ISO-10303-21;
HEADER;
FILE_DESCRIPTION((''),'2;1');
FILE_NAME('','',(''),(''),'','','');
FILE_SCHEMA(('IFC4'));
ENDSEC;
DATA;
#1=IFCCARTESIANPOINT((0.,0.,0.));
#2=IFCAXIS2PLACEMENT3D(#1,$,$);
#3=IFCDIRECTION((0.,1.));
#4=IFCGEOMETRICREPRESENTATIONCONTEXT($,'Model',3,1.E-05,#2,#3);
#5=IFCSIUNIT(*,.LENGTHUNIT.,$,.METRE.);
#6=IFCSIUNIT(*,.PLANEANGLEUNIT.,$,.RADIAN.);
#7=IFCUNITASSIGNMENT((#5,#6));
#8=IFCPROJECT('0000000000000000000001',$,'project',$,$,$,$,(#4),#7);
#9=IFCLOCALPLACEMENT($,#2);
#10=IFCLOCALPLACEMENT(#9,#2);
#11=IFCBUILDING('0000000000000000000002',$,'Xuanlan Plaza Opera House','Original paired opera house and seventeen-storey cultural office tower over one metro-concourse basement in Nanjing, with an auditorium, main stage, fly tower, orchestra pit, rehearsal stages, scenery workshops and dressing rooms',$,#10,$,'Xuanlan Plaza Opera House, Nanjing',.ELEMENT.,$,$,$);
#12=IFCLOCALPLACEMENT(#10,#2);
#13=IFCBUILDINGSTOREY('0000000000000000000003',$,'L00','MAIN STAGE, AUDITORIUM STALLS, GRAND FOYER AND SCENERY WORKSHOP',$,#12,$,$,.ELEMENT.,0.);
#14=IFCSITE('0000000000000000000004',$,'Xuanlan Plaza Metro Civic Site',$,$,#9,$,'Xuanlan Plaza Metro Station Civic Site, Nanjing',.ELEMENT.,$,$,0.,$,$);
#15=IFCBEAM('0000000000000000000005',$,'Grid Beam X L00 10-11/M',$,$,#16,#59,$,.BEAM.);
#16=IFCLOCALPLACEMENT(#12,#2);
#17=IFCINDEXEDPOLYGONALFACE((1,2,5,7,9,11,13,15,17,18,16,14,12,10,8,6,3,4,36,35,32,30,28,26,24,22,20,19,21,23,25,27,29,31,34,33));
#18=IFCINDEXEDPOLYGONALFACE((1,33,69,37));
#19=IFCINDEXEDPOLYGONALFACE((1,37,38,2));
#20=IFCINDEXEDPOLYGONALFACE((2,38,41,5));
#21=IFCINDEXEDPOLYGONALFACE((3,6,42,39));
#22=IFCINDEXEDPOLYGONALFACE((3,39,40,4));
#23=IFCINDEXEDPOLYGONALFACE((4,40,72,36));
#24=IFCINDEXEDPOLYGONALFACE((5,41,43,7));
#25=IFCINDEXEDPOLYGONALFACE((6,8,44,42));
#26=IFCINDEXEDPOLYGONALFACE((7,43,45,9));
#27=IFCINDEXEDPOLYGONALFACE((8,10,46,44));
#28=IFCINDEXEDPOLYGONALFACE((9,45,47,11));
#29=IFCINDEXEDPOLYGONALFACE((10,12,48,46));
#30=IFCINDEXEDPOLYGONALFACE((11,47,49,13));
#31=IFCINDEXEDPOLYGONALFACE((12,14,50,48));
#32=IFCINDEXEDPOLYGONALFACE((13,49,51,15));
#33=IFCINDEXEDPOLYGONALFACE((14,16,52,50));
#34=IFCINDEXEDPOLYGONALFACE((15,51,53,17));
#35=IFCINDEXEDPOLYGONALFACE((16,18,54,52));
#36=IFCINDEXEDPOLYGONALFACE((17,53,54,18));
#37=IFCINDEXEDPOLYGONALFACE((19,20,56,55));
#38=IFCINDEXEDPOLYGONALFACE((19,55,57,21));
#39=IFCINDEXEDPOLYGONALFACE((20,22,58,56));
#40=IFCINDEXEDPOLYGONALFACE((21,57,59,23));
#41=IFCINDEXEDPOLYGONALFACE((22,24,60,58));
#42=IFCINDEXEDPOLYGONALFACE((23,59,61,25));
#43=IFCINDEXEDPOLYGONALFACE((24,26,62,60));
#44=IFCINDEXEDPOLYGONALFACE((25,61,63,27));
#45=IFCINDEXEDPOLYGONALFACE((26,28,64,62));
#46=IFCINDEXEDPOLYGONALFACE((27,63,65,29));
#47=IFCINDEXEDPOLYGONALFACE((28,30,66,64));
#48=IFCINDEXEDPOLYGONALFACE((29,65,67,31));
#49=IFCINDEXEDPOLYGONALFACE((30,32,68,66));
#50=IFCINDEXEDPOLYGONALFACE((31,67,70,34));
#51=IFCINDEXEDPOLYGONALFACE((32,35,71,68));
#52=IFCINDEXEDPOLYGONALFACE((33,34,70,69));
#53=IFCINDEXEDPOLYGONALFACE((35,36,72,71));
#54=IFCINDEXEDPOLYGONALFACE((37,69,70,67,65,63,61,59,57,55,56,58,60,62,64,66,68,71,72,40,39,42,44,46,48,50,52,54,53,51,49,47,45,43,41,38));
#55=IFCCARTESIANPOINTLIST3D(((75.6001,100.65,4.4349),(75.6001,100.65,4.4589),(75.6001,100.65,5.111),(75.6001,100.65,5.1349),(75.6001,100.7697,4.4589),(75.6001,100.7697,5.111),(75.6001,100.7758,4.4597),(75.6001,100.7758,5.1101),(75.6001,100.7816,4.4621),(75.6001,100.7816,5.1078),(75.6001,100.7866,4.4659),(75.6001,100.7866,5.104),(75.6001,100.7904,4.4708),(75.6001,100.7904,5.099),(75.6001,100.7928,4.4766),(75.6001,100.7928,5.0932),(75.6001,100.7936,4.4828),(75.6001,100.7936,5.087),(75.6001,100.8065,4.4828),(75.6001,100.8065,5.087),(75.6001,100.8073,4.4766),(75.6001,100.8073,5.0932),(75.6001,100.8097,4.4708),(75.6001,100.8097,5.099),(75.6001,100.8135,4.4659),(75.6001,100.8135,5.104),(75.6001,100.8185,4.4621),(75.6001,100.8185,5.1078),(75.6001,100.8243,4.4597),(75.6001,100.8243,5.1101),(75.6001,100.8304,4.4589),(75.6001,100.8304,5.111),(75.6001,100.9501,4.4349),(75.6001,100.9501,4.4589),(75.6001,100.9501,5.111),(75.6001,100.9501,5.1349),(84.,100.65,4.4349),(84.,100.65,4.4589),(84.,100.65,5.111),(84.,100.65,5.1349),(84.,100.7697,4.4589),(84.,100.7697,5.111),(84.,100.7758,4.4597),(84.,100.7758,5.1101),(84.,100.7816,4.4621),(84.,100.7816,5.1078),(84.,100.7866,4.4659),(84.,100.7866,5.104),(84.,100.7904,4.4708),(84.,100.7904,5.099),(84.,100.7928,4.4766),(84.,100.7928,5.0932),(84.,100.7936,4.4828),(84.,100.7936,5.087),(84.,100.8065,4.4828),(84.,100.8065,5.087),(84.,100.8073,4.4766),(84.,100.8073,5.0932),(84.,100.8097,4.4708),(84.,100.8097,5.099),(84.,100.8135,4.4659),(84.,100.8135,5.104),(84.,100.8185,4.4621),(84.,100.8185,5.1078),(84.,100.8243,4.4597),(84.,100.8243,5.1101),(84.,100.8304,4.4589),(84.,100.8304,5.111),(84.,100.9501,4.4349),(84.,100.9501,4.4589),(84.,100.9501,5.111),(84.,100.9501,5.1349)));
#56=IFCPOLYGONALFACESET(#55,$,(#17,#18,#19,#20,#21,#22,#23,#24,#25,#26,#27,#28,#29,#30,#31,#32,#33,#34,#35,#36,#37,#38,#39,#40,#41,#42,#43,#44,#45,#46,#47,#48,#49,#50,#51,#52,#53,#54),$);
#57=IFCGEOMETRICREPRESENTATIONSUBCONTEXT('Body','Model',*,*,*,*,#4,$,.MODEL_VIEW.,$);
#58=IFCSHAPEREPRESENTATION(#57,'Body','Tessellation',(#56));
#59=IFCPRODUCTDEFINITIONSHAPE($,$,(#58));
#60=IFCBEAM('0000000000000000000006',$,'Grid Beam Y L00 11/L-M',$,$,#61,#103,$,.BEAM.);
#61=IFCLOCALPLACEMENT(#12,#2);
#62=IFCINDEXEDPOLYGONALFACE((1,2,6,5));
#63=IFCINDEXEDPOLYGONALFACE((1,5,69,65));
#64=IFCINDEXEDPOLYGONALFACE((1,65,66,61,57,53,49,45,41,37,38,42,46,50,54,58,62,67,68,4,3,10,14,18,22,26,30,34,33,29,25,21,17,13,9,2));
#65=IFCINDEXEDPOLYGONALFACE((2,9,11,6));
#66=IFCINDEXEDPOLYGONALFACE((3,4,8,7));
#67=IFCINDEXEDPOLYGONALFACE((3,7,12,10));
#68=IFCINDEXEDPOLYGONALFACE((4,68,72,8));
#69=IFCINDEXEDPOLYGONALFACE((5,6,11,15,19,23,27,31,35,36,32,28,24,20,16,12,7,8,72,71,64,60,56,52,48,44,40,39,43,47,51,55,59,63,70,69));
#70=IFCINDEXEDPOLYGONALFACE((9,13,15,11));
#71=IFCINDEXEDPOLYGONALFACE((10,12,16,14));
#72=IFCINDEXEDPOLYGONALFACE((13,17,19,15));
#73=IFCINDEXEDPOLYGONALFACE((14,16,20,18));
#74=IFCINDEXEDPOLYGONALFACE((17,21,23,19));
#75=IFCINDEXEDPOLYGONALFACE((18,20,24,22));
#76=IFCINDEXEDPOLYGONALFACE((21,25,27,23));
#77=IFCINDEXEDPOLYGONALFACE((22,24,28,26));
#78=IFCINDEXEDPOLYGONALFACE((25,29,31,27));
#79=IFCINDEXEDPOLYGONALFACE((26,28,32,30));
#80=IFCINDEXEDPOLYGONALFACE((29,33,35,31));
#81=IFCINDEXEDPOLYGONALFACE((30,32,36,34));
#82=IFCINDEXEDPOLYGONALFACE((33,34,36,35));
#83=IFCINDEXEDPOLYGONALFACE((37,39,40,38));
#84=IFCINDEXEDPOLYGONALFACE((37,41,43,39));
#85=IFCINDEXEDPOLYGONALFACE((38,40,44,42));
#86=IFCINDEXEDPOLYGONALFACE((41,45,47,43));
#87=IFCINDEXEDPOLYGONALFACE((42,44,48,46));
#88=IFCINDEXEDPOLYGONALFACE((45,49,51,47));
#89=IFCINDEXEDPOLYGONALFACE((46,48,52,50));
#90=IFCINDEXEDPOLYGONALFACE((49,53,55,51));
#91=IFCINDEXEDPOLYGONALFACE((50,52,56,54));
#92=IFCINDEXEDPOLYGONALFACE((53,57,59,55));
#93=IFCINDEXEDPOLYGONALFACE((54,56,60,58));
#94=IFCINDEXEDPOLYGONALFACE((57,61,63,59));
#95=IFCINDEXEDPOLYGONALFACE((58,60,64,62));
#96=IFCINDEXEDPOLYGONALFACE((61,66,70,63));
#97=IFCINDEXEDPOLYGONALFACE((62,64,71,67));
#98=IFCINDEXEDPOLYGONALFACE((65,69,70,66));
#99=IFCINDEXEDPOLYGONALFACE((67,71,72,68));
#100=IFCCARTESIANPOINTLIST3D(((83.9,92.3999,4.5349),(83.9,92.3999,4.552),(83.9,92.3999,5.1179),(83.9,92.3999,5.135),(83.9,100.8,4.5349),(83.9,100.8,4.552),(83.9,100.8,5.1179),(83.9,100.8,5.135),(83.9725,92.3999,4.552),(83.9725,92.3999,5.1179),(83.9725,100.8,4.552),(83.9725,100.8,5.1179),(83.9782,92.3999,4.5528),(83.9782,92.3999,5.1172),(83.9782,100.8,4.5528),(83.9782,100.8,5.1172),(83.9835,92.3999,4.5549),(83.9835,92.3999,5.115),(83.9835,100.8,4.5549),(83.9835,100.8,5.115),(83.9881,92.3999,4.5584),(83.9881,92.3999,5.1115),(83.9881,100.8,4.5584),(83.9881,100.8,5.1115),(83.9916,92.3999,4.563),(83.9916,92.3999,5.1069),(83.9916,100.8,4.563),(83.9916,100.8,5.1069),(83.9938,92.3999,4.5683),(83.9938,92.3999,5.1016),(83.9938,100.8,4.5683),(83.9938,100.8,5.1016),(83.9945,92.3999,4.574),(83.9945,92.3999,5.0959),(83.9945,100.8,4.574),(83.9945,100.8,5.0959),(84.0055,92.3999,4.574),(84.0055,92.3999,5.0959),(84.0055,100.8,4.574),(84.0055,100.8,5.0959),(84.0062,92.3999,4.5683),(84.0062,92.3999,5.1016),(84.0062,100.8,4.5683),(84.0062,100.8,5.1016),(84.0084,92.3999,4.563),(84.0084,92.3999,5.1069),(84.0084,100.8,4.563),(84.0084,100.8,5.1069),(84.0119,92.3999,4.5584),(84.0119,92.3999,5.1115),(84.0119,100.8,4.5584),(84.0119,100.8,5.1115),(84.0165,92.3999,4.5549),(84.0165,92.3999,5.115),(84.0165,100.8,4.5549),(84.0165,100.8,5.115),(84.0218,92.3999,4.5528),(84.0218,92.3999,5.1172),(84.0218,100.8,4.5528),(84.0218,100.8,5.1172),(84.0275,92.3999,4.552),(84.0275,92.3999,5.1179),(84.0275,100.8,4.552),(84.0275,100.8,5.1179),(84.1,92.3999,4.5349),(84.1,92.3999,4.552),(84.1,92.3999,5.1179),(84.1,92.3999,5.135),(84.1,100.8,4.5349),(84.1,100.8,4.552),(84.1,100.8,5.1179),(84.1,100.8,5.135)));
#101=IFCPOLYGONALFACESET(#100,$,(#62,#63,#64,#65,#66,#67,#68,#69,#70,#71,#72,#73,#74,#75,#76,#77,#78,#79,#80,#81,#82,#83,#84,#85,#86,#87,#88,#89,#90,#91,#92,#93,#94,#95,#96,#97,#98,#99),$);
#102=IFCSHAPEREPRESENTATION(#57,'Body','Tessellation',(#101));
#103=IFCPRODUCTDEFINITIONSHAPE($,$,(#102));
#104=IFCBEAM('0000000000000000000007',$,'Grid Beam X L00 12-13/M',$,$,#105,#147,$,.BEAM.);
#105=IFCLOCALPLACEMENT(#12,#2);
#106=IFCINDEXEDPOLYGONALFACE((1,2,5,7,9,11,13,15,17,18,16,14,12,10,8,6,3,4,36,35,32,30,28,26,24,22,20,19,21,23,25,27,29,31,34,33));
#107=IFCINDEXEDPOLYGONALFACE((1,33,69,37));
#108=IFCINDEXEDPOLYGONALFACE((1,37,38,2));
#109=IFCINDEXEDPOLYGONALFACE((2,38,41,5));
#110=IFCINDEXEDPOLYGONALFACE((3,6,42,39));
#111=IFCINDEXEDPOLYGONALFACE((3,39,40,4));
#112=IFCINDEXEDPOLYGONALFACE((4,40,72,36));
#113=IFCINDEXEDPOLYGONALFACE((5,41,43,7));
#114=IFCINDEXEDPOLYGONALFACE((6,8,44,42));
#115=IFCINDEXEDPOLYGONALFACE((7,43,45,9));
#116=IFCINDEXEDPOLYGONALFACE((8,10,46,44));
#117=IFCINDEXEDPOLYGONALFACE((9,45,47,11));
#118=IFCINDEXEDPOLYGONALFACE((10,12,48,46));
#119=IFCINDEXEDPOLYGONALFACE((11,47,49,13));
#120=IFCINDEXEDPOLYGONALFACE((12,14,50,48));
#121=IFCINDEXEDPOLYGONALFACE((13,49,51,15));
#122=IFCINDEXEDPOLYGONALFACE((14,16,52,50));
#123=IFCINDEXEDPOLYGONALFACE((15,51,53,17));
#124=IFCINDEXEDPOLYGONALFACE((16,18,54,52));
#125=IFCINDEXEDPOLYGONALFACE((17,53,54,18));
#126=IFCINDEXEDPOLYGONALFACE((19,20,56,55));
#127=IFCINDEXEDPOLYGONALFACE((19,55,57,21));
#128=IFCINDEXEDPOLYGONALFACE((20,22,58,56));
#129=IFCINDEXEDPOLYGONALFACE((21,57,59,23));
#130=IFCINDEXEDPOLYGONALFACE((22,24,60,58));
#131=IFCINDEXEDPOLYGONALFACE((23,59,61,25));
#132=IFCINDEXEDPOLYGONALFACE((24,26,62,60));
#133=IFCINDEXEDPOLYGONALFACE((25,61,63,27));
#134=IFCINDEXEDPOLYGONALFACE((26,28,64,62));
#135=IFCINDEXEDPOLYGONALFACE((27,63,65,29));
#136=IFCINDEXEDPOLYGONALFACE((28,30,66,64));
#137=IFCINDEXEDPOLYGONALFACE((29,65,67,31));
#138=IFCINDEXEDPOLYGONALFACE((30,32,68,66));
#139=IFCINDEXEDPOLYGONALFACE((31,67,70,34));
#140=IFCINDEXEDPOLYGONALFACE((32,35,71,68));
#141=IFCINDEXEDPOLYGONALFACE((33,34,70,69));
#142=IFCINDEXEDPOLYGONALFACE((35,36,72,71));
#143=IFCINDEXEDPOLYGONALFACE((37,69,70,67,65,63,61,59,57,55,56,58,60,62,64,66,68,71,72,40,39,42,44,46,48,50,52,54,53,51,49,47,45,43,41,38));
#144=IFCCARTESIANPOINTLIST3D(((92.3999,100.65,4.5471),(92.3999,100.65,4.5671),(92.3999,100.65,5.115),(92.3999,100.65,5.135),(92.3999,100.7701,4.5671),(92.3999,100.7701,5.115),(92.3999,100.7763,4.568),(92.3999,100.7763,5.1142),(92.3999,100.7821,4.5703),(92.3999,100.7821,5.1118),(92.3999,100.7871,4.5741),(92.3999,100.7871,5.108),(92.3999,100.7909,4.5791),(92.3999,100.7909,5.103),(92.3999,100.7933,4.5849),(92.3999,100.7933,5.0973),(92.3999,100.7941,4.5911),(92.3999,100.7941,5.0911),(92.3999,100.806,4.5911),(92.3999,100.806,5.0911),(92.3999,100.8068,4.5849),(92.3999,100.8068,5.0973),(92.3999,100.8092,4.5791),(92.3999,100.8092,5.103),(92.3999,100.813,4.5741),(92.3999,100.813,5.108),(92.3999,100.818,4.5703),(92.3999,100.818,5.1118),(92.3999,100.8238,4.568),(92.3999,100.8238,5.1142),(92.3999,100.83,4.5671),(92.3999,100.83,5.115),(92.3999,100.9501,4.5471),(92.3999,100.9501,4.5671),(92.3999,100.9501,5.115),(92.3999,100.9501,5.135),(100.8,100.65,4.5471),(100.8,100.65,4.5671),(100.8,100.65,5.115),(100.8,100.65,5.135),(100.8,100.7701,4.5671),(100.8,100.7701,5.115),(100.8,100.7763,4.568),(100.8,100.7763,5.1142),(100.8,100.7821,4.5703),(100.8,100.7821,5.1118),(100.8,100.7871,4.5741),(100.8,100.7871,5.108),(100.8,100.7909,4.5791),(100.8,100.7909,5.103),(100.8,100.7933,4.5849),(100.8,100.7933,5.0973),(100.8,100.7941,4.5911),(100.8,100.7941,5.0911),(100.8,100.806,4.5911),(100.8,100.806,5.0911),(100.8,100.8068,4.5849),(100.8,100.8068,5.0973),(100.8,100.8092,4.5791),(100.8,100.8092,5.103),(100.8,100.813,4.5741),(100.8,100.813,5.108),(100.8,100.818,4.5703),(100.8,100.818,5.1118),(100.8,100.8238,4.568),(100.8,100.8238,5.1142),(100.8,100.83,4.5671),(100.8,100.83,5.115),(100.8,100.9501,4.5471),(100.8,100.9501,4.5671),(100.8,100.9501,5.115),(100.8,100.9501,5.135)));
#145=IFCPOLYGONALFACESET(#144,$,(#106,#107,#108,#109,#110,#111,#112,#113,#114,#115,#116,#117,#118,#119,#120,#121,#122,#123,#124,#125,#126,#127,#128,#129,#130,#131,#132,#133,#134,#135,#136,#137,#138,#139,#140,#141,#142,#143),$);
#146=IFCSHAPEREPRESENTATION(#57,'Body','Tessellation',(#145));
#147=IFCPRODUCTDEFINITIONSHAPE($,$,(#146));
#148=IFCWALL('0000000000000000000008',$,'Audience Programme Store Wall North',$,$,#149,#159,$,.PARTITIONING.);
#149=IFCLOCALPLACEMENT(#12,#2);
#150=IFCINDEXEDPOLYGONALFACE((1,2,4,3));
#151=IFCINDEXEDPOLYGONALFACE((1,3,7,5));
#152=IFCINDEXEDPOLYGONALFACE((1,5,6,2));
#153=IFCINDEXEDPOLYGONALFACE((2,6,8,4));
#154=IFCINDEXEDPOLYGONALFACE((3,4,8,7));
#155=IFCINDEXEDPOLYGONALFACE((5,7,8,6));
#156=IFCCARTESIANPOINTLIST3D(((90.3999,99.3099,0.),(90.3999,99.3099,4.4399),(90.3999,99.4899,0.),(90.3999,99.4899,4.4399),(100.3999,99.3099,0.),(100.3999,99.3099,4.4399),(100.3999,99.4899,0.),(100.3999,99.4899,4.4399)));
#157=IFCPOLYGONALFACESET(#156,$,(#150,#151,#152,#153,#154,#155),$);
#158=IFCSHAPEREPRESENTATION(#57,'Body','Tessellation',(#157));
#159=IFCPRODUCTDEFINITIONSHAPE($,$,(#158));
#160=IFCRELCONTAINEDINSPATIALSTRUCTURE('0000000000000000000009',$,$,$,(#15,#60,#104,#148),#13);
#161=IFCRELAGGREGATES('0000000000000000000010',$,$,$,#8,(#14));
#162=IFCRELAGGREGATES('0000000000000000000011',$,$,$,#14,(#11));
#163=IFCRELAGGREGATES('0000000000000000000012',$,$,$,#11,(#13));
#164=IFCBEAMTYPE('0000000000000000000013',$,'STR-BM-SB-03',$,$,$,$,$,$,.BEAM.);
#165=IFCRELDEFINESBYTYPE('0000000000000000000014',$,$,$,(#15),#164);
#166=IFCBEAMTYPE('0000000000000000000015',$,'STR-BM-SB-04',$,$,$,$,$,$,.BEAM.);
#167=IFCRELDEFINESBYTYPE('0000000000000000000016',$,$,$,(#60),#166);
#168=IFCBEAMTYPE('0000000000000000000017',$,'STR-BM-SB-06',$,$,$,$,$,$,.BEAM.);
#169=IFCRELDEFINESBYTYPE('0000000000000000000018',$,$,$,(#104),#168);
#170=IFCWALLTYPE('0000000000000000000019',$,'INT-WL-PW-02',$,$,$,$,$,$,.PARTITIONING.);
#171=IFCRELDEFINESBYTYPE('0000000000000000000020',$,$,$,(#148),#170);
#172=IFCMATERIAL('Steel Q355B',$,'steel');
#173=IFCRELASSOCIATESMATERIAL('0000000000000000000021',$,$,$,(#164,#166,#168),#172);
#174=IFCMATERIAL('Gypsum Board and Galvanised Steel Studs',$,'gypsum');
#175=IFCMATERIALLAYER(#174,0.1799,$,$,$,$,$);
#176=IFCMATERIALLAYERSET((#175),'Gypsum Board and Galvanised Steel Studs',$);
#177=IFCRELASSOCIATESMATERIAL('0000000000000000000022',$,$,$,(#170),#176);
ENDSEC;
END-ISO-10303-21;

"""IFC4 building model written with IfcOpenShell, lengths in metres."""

from ifc_helpers import new_model, si_unit, direction, frame, frame_2d, origin, origin_2d, place, context, subcontext, project, spatial, rectangle, i_section, extrude, material, layer, layer_set, material_profile, profile_set, type_object, element, save


model = new_model("IFC4")

# Units and contexts
model_context = context("Model", 3, precision=1e-05, world=origin(), true_north=direction((0.0, 1.0)))
body_context = subcontext(model_context, "Body", "Model", "MODEL_VIEW")
ifc_project = project(units=[si_unit("LENGTHUNIT", "METRE"), si_unit("PLANEANGLEUNIT", "RADIAN")], contexts=[model_context])

# Site, building, storey
site_placement = place(None, origin())
site = spatial("IfcSite", under=ifc_project, at=site_placement, Name="Xuanlan Plaza Metro Civic Site", LongName="Xuanlan Plaza Metro Station Civic Site, Nanjing", CompositionType="ELEMENT", RefElevation=0.0)
building_placement = place(site_placement, origin())
building = spatial("IfcBuilding", under=site, at=building_placement, Name="Xuanlan Plaza Opera House", Description="Original paired opera house and seventeen-storey cultural office tower over one metro-concourse basement in Nanjing, with an auditorium, main stage, fly tower, orchestra pit, rehearsal stages, scenery workshops and dressing rooms", LongName="Xuanlan Plaza Opera House, Nanjing", CompositionType="ELEMENT")
storey_placement = place(building_placement, origin())
storey = spatial("IfcBuildingStorey", under=building, at=storey_placement, Name="L00", Description="MAIN STAGE, AUDITORIUM STALLS, GRAND FOYER AND SCENERY WORKSHOP", CompositionType="ELEMENT", Elevation=0.0)

# Beams
ifc_material_1 = material(Name="Steel Q355B", Category="steel")
ifc_material_profile_1 = material_profile(ifc_material_1, i_section(OverallWidth=0.3, OverallDepth=0.7, WebThickness=0.0129, FlangeThickness=0.0239, FilletRadius=0.0239, at=origin_2d()), Name="HN 700x300x13x24")
ifc_profile_set_1 = profile_set([ifc_material_profile_1], Name="Steel Q355B")
beam_type_1 = type_object("IfcBeamType", Name="STR-BM-SB-03", PredefinedType="BEAM", material=ifc_profile_set_1)
beam_1_placement = place(storey_placement, frame((75.6001, 100.8, 4.7849), z_axis=(1.0, 0.0, 0.0), x_axis=(0.0, 1.0, 0.0)))
element("IfcBeam", 1, at=beam_1_placement, inside=storey, type_object=beam_type_1, Name="Grid Beam X L00 10-11/M", PredefinedType="BEAM", context=body_context, shape_type="SweptSolid", body=[
    extrude(i_section(OverallWidth=0.3, OverallDepth=0.7, WebThickness=0.0129, FlangeThickness=0.0239, FilletRadius=0.0239, at=origin_2d()), origin(), (0.0, 0.0, 1.0), 8.3999),
])
ifc_material_profile_2 = material_profile(ifc_material_1, i_section(OverallWidth=0.2, OverallDepth=0.6001, WebThickness=0.011, FlangeThickness=0.0171, FilletRadius=0.022, at=origin_2d()), Name="HN 600x200x11x17")
ifc_profile_set_2 = profile_set([ifc_material_profile_2], Name="Steel Q355B")
beam_type_2 = type_object("IfcBeamType", Name="STR-BM-SB-04", PredefinedType="BEAM", material=ifc_profile_set_2)
beam_2_placement = place(storey_placement, frame((84.0, 92.3999, 4.835), z_axis=(0.0, 1.0, 0.0), x_axis=(-1.0, 0.0, 0.0)))
element("IfcBeam", 2, at=beam_2_placement, inside=storey, type_object=beam_type_2, Name="Grid Beam Y L00 11/L-M", PredefinedType="BEAM", context=body_context, shape_type="SweptSolid", body=[
    extrude(i_section(OverallWidth=0.2, OverallDepth=0.6001, WebThickness=0.011, FlangeThickness=0.0171, FilletRadius=0.022, at=origin_2d()), origin(), (0.0, 0.0, 1.0), 8.4001),
])
ifc_material_profile_3 = material_profile(ifc_material_1, i_section(OverallWidth=0.3, OverallDepth=0.5879, WebThickness=0.012, FlangeThickness=0.02, FilletRadius=0.0239, at=origin_2d()), Name="HM 588x300x12x20")
ifc_profile_set_3 = profile_set([ifc_material_profile_3], Name="Steel Q355B")
beam_type_3 = type_object("IfcBeamType", Name="STR-BM-SB-06", PredefinedType="BEAM", material=ifc_profile_set_3)
beam_3_placement = place(storey_placement, frame((92.3999, 100.8, 4.8411), z_axis=(1.0, 0.0, 0.0), x_axis=(0.0, 1.0, 0.0)))
element("IfcBeam", 3, at=beam_3_placement, inside=storey, type_object=beam_type_3, Name="Grid Beam X L00 12-13/M", PredefinedType="BEAM", context=body_context, shape_type="SweptSolid", body=[
    extrude(i_section(OverallWidth=0.3, OverallDepth=0.5879, WebThickness=0.012, FlangeThickness=0.02, FilletRadius=0.0239, at=origin_2d()), origin(), (0.0, 0.0, 1.0), 8.4001),
])

# Wall
ifc_material_2 = material(Name="Gypsum Board and Galvanised Steel Studs", Category="gypsum")
ifc_layer_1 = layer(ifc_material_2, 0.1799)
ifc_layer_set_1 = layer_set([ifc_layer_1], Name="Gypsum Board and Galvanised Steel Studs")
wall_type_1 = type_object("IfcWallType", Name="INT-WL-PW-02", PredefinedType="PARTITIONING", material=ifc_layer_set_1)
wall_1_placement = place(storey_placement, frame((90.3999, 99.3999, 0.0), z_axis=(0.0, 0.0, 1.0), x_axis=(1.0, 0.0, 0.0)))
element("IfcWall", 4, at=wall_1_placement, inside=storey, type_object=wall_type_1, Name="Audience Programme Store Wall North", PredefinedType="PARTITIONING", context=body_context, shape_type="SweptSolid", body=[
    extrude(rectangle(XDim=10.0, YDim=0.1799, at=frame_2d((5.0, 0.0))), origin(), (0.0, 0.0, 1.0), 4.4399),
])

save(model, "model.ifc")
